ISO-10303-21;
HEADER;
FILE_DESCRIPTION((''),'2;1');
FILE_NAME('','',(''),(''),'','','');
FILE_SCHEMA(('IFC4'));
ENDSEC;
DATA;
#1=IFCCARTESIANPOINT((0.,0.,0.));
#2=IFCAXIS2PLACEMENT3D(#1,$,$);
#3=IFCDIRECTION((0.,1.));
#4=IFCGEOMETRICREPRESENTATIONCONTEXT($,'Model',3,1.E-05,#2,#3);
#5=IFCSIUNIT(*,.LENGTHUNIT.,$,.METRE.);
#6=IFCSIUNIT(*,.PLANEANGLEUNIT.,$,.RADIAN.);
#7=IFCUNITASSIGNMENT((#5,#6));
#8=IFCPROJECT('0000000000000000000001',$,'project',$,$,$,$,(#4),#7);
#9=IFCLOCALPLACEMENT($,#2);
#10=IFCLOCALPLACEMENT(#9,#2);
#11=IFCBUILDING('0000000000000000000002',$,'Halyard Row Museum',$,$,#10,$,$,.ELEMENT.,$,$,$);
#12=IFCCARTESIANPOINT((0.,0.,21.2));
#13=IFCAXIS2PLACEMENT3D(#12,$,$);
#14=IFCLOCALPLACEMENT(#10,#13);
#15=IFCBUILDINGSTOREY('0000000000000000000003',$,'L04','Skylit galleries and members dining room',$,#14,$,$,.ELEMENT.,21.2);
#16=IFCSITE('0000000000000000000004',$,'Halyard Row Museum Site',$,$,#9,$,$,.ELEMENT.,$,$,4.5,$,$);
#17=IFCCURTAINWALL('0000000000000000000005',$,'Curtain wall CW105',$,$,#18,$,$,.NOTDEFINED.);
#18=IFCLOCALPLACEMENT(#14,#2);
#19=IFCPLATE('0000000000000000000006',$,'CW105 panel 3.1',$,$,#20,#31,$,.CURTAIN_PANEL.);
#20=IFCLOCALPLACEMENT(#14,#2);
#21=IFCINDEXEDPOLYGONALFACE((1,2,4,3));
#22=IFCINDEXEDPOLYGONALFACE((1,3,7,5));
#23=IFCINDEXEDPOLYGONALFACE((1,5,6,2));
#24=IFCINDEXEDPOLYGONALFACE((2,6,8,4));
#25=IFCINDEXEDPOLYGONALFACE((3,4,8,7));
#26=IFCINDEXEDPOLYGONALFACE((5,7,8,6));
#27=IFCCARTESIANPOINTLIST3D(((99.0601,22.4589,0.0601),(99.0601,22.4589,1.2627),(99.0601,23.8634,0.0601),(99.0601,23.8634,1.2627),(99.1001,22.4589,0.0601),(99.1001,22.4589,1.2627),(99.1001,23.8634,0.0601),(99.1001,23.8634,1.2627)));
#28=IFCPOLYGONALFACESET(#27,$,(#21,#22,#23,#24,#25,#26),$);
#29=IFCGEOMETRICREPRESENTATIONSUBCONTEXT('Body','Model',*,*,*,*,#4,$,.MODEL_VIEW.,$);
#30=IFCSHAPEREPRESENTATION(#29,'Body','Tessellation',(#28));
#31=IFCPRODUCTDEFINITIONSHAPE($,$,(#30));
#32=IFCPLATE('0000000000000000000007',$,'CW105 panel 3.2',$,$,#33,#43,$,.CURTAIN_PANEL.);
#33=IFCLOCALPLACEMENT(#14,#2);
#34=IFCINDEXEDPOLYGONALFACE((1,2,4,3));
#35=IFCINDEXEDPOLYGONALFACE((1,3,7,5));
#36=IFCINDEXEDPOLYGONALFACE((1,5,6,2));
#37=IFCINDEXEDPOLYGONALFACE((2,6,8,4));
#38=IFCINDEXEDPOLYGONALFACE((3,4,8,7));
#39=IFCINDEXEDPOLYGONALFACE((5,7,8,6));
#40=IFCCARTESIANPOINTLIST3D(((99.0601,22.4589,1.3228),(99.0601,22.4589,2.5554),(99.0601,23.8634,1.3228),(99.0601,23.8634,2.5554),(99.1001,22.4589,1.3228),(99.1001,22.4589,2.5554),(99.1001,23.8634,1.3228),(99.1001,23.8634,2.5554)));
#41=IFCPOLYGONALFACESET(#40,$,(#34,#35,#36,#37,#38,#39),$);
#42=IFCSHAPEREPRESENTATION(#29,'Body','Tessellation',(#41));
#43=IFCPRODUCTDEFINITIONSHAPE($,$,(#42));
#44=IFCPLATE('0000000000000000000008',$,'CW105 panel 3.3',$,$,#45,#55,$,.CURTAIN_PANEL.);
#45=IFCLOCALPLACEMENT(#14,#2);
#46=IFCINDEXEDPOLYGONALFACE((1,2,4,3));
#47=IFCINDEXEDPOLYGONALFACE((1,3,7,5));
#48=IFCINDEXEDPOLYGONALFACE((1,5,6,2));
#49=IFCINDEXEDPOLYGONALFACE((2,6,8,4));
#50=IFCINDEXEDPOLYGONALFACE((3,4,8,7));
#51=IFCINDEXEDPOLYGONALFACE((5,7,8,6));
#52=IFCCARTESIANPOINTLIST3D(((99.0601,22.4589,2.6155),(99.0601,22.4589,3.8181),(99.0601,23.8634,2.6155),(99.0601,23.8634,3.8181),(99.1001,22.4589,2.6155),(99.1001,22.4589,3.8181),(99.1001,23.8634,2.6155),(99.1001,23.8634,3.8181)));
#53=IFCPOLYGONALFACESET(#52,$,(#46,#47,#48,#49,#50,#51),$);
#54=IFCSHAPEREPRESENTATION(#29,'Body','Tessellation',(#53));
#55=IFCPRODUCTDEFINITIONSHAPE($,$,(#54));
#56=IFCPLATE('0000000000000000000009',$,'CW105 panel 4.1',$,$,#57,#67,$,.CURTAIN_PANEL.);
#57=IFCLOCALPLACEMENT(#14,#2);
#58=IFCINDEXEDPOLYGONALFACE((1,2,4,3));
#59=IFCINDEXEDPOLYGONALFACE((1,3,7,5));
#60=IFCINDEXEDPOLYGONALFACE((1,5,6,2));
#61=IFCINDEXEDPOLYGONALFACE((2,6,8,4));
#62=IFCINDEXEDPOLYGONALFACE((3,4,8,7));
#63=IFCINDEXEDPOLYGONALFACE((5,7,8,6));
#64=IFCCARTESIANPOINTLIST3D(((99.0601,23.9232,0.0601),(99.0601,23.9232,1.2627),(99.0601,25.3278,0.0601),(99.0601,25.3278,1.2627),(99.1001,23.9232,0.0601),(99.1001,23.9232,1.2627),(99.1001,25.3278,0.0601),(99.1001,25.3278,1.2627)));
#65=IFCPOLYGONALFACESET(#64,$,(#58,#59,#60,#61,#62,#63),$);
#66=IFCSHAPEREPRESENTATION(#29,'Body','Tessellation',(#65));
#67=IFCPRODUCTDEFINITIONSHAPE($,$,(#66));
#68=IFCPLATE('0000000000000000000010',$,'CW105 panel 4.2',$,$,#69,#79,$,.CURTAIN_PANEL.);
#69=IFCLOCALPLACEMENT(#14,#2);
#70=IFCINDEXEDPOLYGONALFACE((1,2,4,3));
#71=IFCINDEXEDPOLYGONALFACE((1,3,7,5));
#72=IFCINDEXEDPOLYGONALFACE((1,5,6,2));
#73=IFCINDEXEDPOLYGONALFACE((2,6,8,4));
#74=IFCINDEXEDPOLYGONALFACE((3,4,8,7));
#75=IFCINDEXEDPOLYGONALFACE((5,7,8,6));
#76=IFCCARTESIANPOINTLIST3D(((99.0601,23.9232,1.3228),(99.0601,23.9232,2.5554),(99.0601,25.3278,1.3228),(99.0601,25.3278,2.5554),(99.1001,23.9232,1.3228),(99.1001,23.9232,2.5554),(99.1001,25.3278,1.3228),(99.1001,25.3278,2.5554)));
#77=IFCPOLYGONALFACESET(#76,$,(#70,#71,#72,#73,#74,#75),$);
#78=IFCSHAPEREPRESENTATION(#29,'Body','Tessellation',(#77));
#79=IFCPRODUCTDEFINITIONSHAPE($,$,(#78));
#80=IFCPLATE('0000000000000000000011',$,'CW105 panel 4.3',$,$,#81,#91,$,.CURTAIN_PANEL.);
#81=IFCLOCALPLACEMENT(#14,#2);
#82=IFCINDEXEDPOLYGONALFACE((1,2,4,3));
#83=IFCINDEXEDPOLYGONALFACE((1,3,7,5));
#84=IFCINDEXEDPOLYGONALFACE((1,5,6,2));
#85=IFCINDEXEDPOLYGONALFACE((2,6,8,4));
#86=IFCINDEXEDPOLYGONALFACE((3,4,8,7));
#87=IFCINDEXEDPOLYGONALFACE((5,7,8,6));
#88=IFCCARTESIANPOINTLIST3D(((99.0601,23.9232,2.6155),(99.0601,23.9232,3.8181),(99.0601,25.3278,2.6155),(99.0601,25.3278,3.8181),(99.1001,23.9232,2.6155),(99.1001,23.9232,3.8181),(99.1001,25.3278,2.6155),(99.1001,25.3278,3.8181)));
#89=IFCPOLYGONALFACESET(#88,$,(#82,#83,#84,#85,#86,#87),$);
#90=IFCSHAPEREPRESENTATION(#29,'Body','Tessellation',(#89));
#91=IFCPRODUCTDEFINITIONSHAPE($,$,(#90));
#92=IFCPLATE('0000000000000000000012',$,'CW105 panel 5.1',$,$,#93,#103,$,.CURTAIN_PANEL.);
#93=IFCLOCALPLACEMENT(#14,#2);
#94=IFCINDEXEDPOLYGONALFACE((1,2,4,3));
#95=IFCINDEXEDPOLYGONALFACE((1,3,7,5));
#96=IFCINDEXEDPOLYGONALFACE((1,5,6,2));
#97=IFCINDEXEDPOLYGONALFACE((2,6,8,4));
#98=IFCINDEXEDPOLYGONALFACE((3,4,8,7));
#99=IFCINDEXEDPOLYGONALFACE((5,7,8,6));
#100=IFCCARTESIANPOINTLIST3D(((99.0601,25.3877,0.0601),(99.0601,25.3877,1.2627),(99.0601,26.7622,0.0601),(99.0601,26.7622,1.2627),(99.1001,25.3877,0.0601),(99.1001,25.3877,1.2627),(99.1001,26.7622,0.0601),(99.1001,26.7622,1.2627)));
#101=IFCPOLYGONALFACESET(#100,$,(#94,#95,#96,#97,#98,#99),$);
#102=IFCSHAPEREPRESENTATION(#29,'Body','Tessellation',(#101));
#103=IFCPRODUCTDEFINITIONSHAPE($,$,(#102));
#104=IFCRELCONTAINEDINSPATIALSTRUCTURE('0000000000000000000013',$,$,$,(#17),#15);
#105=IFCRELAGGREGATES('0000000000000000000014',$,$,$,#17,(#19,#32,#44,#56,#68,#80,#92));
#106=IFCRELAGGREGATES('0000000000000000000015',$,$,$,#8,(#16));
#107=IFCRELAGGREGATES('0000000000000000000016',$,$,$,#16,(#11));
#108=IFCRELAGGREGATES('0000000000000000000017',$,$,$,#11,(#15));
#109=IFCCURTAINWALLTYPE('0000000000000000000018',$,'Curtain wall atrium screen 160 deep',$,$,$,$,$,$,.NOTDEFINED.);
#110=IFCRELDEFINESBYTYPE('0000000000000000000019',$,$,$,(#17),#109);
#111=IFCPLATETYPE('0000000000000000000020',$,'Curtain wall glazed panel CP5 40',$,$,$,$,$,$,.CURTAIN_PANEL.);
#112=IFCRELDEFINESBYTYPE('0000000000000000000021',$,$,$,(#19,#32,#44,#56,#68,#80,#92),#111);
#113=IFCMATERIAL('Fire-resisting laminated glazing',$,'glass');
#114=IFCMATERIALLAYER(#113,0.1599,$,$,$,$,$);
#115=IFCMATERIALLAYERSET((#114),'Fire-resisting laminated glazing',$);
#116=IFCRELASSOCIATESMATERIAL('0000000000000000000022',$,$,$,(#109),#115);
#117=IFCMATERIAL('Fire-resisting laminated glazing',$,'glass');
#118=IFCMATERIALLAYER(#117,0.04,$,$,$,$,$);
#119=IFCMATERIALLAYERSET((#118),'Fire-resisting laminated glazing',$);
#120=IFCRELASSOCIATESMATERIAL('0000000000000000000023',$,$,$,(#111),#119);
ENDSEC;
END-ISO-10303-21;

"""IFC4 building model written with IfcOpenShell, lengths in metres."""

from ifc_helpers import new_model, si_unit, direction, frame, origin, origin_2d, place, context, subcontext, project, spatial, rectangle, extrude, material, layer, layer_set, type_object, element, aggregate, save


model = new_model("IFC4")

# Units and contexts
model_context = context("Model", 3, precision=1e-05, world=origin(), true_north=direction((0.0, 1.0)))
body_context = subcontext(model_context, "Body", "Model", "MODEL_VIEW")
ifc_project = project(units=[si_unit("LENGTHUNIT", "METRE"), si_unit("PLANEANGLEUNIT", "RADIAN")], contexts=[model_context])

# Site, building, storey
site_placement = place(None, origin())
site = spatial("IfcSite", under=ifc_project, at=site_placement, Name="Halyard Row Museum Site", CompositionType="ELEMENT", RefElevation=4.5)
building_placement = place(site_placement, origin())
building = spatial("IfcBuilding", under=site, at=building_placement, Name="Halyard Row Museum", CompositionType="ELEMENT")
storey_placement = place(building_placement, frame((0.0, 0.0, 21.2)))
storey = spatial("IfcBuildingStorey", under=building, at=storey_placement, Name="L04", Description="Skylit galleries and members dining room", CompositionType="ELEMENT", Elevation=21.2)

# Curtain wall, plates
ifc_material_1 = material(Name="Fire-resisting laminated glazing", Category="glass")
ifc_layer_1 = layer(ifc_material_1, 0.1599)
ifc_layer_set_1 = layer_set([ifc_layer_1], Name="Fire-resisting laminated glazing")
curtain_wall_type = type_object("IfcCurtainWallType", Name="Curtain wall atrium screen 160 deep", PredefinedType="NOTDEFINED", material=ifc_layer_set_1)
curtain_wall_placement = place(storey_placement, origin())
curtain_wall = element("IfcCurtainWall", 1, at=curtain_wall_placement, inside=storey, type_object=curtain_wall_type, Name="Curtain wall CW105", PredefinedType="NOTDEFINED")
ifc_material_2 = material(Name="Fire-resisting laminated glazing", Category="glass")
ifc_layer_2 = layer(ifc_material_2, 0.04)
ifc_layer_set_2 = layer_set([ifc_layer_2], Name="Fire-resisting laminated glazing")
plate_type = type_object("IfcPlateType", Name="Curtain wall glazed panel CP5 40", PredefinedType="CURTAIN_PANEL", material=ifc_layer_set_2)
plate_1_placement = place(storey_placement, frame((99.0801, 23.1611, 0.0601), z_axis=(0.0, 0.0, 1.0), x_axis=(0.0, 1.0, 0.0)))
plate_1 = element("IfcPlate", 2, at=plate_1_placement, type_object=plate_type, Name="CW105 panel 3.1", PredefinedType="CURTAIN_PANEL", context=body_context, shape_type="SweptSolid", body=[
    extrude(rectangle(XDim=1.4045, YDim=0.04, at=origin_2d()), origin(), (0.0, 0.0, 1.0), 1.2026),
])
plate_2_placement = place(storey_placement, frame((99.0801, 23.1611, 1.3228), z_axis=(0.0, 0.0, 1.0), x_axis=(0.0, 1.0, 0.0)))
plate_2 = element("IfcPlate", 3, at=plate_2_placement, type_object=plate_type, Name="CW105 panel 3.2", PredefinedType="CURTAIN_PANEL", context=body_context, shape_type="SweptSolid", body=[
    extrude(rectangle(XDim=1.4045, YDim=0.04, at=origin_2d()), origin(), (0.0, 0.0, 1.0), 1.2327),
])
plate_3_placement = place(storey_placement, frame((99.0801, 23.1611, 2.6155), z_axis=(0.0, 0.0, 1.0), x_axis=(0.0, 1.0, 0.0)))
plate_3 = element("IfcPlate", 4, at=plate_3_placement, type_object=plate_type, Name="CW105 panel 3.3", PredefinedType="CURTAIN_PANEL", context=body_context, shape_type="SweptSolid", body=[
    extrude(rectangle(XDim=1.4045, YDim=0.04, at=origin_2d()), origin(), (0.0, 0.0, 1.0), 1.2026),
])
plate_4_placement = place(storey_placement, frame((99.0801, 24.6255, 0.0601), z_axis=(0.0, 0.0, 1.0), x_axis=(0.0, 1.0, 0.0)))
plate_4 = element("IfcPlate", 5, at=plate_4_placement, type_object=plate_type, Name="CW105 panel 4.1", PredefinedType="CURTAIN_PANEL", context=body_context, shape_type="SweptSolid", body=[
    extrude(rectangle(XDim=1.4045, YDim=0.04, at=origin_2d()), origin(), (0.0, 0.0, 1.0), 1.2026),
])
plate_5_placement = place(storey_placement, frame((99.0801, 24.6255, 1.3228), z_axis=(0.0, 0.0, 1.0), x_axis=(0.0, 1.0, 0.0)))
plate_5 = element("IfcPlate", 6, at=plate_5_placement, type_object=plate_type, Name="CW105 panel 4.2", PredefinedType="CURTAIN_PANEL", context=body_context, shape_type="SweptSolid", body=[
    extrude(rectangle(XDim=1.4045, YDim=0.04, at=origin_2d()), origin(), (0.0, 0.0, 1.0), 1.2327),
])
plate_6_placement = place(storey_placement, frame((99.0801, 24.6255, 2.6155), z_axis=(0.0, 0.0, 1.0), x_axis=(0.0, 1.0, 0.0)))
plate_6 = element("IfcPlate", 7, at=plate_6_placement, type_object=plate_type, Name="CW105 panel 4.3", PredefinedType="CURTAIN_PANEL", context=body_context, shape_type="SweptSolid", body=[
    extrude(rectangle(XDim=1.4045, YDim=0.04, at=origin_2d()), origin(), (0.0, 0.0, 1.0), 1.2026),
])
plate_7_placement = place(storey_placement, frame((99.0801, 26.075, 0.0601), z_axis=(0.0, 0.0, 1.0), x_axis=(0.0, 1.0, 0.0)))
plate_7 = element("IfcPlate", 8, at=plate_7_placement, type_object=plate_type, Name="CW105 panel 5.1", PredefinedType="CURTAIN_PANEL", context=body_context, shape_type="SweptSolid", body=[
    extrude(rectangle(XDim=1.3745, YDim=0.04, at=origin_2d()), origin(), (0.0, 0.0, 1.0), 1.2026),
])
aggregate(curtain_wall, [plate_1, plate_2, plate_3, plate_4, plate_5, plate_6, plate_7])

save(model, "model.ifc")
